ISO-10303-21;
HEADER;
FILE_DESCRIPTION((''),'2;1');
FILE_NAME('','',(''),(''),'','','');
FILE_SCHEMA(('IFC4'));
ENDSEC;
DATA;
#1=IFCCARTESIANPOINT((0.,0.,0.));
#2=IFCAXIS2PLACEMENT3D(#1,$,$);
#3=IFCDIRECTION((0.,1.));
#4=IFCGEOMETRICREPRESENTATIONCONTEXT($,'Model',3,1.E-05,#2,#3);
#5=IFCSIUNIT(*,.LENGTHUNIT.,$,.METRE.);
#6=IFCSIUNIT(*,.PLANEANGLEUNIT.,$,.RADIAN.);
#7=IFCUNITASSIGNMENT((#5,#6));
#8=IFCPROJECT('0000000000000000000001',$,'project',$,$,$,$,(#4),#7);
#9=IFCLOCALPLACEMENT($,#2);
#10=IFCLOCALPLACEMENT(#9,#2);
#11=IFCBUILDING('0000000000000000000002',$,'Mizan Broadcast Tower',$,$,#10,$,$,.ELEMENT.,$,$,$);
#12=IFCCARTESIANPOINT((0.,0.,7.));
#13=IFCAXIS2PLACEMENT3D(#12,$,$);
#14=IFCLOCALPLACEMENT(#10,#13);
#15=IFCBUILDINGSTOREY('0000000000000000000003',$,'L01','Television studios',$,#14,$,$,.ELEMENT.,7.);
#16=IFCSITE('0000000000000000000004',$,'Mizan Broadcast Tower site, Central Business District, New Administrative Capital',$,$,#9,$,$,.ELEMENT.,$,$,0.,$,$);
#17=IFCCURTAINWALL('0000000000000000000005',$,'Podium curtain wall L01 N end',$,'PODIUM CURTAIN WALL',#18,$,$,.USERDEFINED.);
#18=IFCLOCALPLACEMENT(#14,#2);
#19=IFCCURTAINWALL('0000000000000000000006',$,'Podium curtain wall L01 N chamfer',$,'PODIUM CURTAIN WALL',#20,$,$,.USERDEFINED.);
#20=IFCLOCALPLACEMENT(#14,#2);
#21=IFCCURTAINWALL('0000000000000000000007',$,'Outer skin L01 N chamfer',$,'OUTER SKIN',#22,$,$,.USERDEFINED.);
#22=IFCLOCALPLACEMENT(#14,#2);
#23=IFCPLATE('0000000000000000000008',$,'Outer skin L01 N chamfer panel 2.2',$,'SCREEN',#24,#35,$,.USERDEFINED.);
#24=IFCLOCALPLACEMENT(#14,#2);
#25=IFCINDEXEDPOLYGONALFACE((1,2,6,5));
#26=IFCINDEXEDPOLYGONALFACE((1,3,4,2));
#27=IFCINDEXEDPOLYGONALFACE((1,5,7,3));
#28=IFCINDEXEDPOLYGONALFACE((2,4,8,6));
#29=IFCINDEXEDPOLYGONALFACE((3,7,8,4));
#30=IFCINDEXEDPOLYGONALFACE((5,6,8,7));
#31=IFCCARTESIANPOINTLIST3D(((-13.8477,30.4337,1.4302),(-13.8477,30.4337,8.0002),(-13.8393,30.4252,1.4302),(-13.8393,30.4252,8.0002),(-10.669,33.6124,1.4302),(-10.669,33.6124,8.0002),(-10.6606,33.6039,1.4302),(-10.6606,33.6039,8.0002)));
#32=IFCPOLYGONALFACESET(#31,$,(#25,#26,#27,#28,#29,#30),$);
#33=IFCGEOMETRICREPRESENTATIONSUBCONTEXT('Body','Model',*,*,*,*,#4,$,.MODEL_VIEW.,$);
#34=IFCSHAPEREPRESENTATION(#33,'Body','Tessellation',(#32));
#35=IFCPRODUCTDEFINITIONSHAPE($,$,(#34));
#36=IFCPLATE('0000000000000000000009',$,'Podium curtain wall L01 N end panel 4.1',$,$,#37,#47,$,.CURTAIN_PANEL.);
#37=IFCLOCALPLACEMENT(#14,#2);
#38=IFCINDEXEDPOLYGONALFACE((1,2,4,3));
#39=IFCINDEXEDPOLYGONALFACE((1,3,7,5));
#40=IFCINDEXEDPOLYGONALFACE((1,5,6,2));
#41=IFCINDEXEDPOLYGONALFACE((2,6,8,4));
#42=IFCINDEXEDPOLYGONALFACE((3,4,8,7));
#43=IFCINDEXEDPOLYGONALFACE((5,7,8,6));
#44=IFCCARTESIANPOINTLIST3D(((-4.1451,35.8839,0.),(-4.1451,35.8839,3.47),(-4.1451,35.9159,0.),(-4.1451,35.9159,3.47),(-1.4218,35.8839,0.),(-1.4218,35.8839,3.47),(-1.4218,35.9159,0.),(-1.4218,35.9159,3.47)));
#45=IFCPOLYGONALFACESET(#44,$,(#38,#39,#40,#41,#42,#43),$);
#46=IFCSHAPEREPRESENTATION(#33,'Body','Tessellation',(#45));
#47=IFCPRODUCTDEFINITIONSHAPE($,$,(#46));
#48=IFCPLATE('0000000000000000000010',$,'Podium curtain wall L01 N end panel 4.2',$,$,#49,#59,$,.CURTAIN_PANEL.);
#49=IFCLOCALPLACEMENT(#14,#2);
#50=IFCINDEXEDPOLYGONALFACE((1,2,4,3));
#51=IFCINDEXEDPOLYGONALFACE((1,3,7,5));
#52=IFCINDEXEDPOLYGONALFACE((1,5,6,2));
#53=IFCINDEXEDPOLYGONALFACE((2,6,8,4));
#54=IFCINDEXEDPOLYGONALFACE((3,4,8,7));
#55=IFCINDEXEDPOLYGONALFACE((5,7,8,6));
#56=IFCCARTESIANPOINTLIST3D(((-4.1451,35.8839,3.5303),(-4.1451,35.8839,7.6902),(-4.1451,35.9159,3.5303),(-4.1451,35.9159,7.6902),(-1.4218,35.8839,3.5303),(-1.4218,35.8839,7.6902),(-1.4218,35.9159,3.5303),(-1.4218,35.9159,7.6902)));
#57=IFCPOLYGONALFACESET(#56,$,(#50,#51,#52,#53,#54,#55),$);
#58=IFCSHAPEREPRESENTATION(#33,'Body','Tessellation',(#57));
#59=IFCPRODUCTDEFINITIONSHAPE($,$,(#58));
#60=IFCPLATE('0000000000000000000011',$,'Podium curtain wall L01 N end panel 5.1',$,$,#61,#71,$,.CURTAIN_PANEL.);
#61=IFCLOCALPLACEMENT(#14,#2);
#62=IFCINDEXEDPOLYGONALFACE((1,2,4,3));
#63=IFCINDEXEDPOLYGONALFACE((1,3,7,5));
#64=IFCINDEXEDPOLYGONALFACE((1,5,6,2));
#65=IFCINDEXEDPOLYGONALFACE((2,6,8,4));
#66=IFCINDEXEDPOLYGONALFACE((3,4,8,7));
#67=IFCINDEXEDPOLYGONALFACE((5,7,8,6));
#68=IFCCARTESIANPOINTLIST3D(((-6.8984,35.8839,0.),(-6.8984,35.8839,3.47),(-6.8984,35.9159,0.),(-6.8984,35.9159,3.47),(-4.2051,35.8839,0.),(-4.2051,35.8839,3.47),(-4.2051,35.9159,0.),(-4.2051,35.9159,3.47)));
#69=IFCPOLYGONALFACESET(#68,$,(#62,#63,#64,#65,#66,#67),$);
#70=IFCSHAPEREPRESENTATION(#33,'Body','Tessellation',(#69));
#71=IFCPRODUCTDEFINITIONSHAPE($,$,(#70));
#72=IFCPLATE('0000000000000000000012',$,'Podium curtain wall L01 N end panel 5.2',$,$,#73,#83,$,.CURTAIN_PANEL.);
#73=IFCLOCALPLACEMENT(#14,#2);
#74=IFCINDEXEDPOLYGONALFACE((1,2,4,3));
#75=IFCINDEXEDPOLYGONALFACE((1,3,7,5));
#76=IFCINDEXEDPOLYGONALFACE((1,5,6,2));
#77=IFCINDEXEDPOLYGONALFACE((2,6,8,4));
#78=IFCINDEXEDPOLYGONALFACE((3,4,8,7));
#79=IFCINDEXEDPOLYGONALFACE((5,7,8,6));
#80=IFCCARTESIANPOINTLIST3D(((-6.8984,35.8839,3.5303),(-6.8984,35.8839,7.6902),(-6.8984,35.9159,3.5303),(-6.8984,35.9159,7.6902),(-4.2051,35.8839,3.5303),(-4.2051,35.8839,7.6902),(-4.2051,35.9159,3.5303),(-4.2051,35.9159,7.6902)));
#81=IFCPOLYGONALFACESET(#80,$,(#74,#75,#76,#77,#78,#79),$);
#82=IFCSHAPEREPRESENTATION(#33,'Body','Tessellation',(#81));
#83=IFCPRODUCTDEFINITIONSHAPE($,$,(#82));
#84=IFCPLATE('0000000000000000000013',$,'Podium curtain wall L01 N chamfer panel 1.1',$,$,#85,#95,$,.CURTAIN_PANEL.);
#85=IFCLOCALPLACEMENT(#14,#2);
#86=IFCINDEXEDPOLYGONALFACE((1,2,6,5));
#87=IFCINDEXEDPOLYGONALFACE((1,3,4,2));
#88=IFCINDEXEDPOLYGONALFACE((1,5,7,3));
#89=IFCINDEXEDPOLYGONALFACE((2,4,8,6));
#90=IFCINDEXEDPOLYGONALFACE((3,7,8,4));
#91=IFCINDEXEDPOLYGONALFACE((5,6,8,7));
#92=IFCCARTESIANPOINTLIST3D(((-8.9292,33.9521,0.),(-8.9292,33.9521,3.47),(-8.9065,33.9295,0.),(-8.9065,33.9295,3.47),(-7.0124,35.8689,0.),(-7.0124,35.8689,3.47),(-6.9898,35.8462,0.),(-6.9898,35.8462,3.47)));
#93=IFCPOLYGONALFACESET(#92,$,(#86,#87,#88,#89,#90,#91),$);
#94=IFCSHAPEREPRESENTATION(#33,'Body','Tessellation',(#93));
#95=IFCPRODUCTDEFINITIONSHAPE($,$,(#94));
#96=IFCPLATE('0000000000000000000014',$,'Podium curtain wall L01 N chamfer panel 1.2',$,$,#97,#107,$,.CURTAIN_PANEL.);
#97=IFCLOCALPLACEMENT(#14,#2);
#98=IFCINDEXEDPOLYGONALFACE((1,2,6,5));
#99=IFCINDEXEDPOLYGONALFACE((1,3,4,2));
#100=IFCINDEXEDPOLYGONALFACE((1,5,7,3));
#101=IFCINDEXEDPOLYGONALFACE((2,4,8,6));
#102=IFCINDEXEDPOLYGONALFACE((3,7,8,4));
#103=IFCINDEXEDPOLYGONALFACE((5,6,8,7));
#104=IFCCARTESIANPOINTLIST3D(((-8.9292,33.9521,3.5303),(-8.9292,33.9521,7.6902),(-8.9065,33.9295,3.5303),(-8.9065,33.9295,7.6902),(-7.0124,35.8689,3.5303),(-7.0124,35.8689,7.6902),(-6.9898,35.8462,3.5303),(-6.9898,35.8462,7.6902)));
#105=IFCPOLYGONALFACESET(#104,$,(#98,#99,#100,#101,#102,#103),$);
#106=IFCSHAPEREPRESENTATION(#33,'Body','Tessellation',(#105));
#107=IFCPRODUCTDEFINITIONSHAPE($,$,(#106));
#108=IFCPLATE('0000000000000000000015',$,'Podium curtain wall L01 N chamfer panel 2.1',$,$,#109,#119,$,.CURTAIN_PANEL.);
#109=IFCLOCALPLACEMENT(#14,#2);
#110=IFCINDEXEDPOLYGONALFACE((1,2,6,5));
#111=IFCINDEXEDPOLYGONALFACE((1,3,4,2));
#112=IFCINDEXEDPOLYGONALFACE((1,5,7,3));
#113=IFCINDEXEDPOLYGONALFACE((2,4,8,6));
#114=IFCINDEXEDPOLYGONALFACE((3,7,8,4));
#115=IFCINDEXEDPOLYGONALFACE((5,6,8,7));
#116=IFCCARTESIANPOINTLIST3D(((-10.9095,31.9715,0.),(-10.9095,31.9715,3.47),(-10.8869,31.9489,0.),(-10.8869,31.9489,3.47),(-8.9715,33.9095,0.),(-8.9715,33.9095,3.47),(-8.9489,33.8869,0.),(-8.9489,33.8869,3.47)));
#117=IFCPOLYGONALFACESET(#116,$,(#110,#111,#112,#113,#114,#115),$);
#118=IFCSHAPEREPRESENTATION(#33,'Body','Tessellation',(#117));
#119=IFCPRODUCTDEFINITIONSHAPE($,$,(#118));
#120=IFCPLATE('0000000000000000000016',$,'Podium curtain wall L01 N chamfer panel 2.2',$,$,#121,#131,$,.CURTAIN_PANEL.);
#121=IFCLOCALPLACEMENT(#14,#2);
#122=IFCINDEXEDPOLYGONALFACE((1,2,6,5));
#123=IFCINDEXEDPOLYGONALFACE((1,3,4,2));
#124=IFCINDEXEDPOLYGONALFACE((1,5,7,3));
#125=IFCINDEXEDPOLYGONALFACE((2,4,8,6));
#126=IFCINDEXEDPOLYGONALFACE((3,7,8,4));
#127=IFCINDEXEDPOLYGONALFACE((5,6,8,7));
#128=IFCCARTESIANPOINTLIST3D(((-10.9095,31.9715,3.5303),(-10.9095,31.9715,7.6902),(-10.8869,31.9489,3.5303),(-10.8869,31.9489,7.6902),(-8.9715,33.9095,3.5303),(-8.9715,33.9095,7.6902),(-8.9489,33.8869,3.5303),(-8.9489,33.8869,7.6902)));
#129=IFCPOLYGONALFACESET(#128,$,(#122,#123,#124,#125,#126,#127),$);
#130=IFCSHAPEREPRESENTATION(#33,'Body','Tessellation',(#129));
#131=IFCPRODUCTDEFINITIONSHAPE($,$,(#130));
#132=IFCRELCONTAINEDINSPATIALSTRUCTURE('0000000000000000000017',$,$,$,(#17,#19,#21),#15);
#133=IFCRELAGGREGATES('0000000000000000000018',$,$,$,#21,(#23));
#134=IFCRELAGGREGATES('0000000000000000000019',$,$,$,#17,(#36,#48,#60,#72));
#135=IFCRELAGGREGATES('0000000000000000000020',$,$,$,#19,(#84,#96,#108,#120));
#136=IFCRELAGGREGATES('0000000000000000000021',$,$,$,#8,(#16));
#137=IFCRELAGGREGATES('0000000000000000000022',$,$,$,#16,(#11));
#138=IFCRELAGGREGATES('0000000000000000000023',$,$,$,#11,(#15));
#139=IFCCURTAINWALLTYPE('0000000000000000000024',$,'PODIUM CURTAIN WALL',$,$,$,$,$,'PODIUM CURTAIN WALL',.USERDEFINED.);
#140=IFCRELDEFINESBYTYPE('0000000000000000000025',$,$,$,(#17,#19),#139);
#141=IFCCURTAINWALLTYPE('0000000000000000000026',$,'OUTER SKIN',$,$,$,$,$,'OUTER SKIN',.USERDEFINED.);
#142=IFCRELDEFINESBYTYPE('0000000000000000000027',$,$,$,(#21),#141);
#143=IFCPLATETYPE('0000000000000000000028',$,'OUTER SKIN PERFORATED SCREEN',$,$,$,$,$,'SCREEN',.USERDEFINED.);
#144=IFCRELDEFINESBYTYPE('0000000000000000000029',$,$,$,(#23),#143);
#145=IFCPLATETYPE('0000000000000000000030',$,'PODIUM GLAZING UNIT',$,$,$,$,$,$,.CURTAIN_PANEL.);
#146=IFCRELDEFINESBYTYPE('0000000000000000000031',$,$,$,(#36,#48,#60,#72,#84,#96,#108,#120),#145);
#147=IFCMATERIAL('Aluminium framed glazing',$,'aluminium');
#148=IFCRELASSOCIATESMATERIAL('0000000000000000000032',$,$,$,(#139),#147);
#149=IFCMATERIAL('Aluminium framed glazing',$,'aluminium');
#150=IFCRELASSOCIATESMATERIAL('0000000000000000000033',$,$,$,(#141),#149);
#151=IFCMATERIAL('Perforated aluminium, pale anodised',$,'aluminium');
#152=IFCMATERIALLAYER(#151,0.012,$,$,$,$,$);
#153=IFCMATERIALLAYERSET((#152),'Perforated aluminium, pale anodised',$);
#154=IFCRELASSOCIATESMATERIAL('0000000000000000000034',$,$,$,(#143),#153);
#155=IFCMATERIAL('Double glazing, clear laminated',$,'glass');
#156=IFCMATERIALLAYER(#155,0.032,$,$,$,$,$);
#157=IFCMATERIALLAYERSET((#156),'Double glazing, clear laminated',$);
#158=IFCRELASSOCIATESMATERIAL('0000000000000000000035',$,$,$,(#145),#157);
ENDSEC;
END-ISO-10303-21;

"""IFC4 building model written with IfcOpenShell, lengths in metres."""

from ifc_helpers import new_model, si_unit, direction, frame, origin, origin_2d, place, context, subcontext, project, spatial, rectangle, extrude, material, layer, layer_set, type_object, element, aggregate, save


model = new_model("IFC4")

# Units and contexts
model_context = context("Model", 3, precision=1e-05, world=origin(), true_north=direction((0.0, 1.0)))
body_context = subcontext(model_context, "Body", "Model", "MODEL_VIEW")
ifc_project = project(units=[si_unit("LENGTHUNIT", "METRE"), si_unit("PLANEANGLEUNIT", "RADIAN")], contexts=[model_context])

# Site, building, storey
site_placement = place(None, origin())
site = spatial("IfcSite", under=ifc_project, at=site_placement, Name="Mizan Broadcast Tower site, Central Business District, New Administrative Capital", CompositionType="ELEMENT", RefElevation=0.0)
building_placement = place(site_placement, origin())
building = spatial("IfcBuilding", under=site, at=building_placement, Name="Mizan Broadcast Tower", CompositionType="ELEMENT")
storey_placement = place(building_placement, frame((0.0, 0.0, 7.0)))
storey = spatial("IfcBuildingStorey", under=building, at=storey_placement, Name="L01", Description="Television studios", CompositionType="ELEMENT", Elevation=7.0)

# Curtain walls
ifc_material_1 = material(Name="Aluminium framed glazing", Category="aluminium")
curtain_wall_type_1 = type_object("IfcCurtainWallType", Name="PODIUM CURTAIN WALL", ElementType="PODIUM CURTAIN WALL", PredefinedType="USERDEFINED", material=ifc_material_1)
curtain_wall_1_placement = place(storey_placement, origin())
curtain_wall_1 = element("IfcCurtainWall", 1, at=curtain_wall_1_placement, inside=storey, type_object=curtain_wall_type_1, Name="Podium curtain wall L01 N end", ObjectType="PODIUM CURTAIN WALL", PredefinedType="USERDEFINED")
curtain_wall_2_placement = place(storey_placement, origin())
curtain_wall_2 = element("IfcCurtainWall", 2, at=curtain_wall_2_placement, inside=storey, type_object=curtain_wall_type_1, Name="Podium curtain wall L01 N chamfer", ObjectType="PODIUM CURTAIN WALL", PredefinedType="USERDEFINED")

# Curtain wall
ifc_material_2 = material(Name="Aluminium framed glazing", Category="aluminium")
curtain_wall_type_2 = type_object("IfcCurtainWallType", Name="OUTER SKIN", ElementType="OUTER SKIN", PredefinedType="USERDEFINED", material=ifc_material_2)
curtain_wall_3_placement = place(storey_placement, origin())
curtain_wall_3 = element("IfcCurtainWall", 3, at=curtain_wall_3_placement, inside=storey, type_object=curtain_wall_type_2, Name="Outer skin L01 N chamfer", ObjectType="OUTER SKIN", PredefinedType="USERDEFINED")

# Plates
ifc_material_3 = material(Name="Perforated aluminium, pale anodised", Category="aluminium")
ifc_layer_1 = layer(ifc_material_3, 0.012)
ifc_layer_set_1 = layer_set([ifc_layer_1], Name="Perforated aluminium, pale anodised")
plate_type_1 = type_object("IfcPlateType", Name="OUTER SKIN PERFORATED SCREEN", ElementType="SCREEN", PredefinedType="USERDEFINED", material=ifc_layer_set_1)
plate_1_placement = place(storey_placement, frame((-12.2542, 32.0188, 1.4302), z_axis=(0.0, 0.0, 1.0), x_axis=(-0.707107, -0.707107, 0.0)))
plate_1 = element("IfcPlate", 4, at=plate_1_placement, type_object=plate_type_1, Name="Outer skin L01 N chamfer panel 2.2", ObjectType="SCREEN", PredefinedType="USERDEFINED", context=body_context, shape_type="SweptSolid", body=[
    extrude(rectangle(XDim=4.4954, YDim=0.012, at=origin_2d()), origin(), (0.0, 0.0, 1.0), 6.5701),
])
aggregate(curtain_wall_3, [plate_1])
ifc_material_4 = material(Name="Double glazing, clear laminated", Category="glass")
ifc_layer_2 = layer(ifc_material_4, 0.032)
ifc_layer_set_2 = layer_set([ifc_layer_2], Name="Double glazing, clear laminated")
plate_type_2 = type_object("IfcPlateType", Name="PODIUM GLAZING UNIT", PredefinedType="CURTAIN_PANEL", material=ifc_layer_set_2)
plate_2_placement = place(storey_placement, frame((-2.7834, 35.8999, 0.0), z_axis=(0.0, 0.0, 1.0), x_axis=(-1.0, 0.0, 0.0)))
plate_2 = element("IfcPlate", 5, at=plate_2_placement, type_object=plate_type_2, Name="Podium curtain wall L01 N end panel 4.1", PredefinedType="CURTAIN_PANEL", context=body_context, shape_type="SweptSolid", body=[
    extrude(rectangle(XDim=2.7234, YDim=0.032, at=origin_2d()), origin(), (0.0, 0.0, 1.0), 3.47),
])
plate_3_placement = place(storey_placement, frame((-2.7834, 35.8999, 3.5303), z_axis=(0.0, 0.0, 1.0), x_axis=(-1.0, 0.0, 0.0)))
plate_3 = element("IfcPlate", 6, at=plate_3_placement, type_object=plate_type_2, Name="Podium curtain wall L01 N end panel 4.2", PredefinedType="CURTAIN_PANEL", context=body_context, shape_type="SweptSolid", body=[
    extrude(rectangle(XDim=2.7234, YDim=0.032, at=origin_2d()), origin(), (0.0, 0.0, 1.0), 4.1599),
])
plate_4_placement = place(storey_placement, frame((-5.5518, 35.8999, 0.0), z_axis=(0.0, 0.0, 1.0), x_axis=(-1.0, 0.0, 0.0)))
plate_4 = element("IfcPlate", 7, at=plate_4_placement, type_object=plate_type_2, Name="Podium curtain wall L01 N end panel 5.1", PredefinedType="CURTAIN_PANEL", context=body_context, shape_type="SweptSolid", body=[
    extrude(rectangle(XDim=2.6934, YDim=0.032, at=origin_2d()), origin(), (0.0, 0.0, 1.0), 3.47),
])
plate_5_placement = place(storey_placement, frame((-5.5518, 35.8999, 3.5303), z_axis=(0.0, 0.0, 1.0), x_axis=(-1.0, 0.0, 0.0)))
plate_5 = element("IfcPlate", 8, at=plate_5_placement, type_object=plate_type_2, Name="Podium curtain wall L01 N end panel 5.2", PredefinedType="CURTAIN_PANEL", context=body_context, shape_type="SweptSolid", body=[
    extrude(rectangle(XDim=2.6934, YDim=0.032, at=origin_2d()), origin(), (0.0, 0.0, 1.0), 4.1599),
])
aggregate(curtain_wall_1, [plate_2, plate_3, plate_4, plate_5])
plate_6_placement = place(storey_placement, frame((-7.9595, 34.8992, 0.0), z_axis=(0.0, 0.0, 1.0), x_axis=(-0.707107, -0.707107, 0.0)))
plate_6 = element("IfcPlate", 9, at=plate_6_placement, type_object=plate_type_2, Name="Podium curtain wall L01 N chamfer panel 1.1", PredefinedType="CURTAIN_PANEL", context=body_context, shape_type="SweptSolid", body=[
    extrude(rectangle(XDim=2.7107, YDim=0.032, at=origin_2d()), origin(), (0.0, 0.0, 1.0), 3.47),
])
plate_7_placement = place(storey_placement, frame((-7.9595, 34.8992, 3.5303), z_axis=(0.0, 0.0, 1.0), x_axis=(-0.707107, -0.707107, 0.0)))
plate_7 = element("IfcPlate", 10, at=plate_7_placement, type_object=plate_type_2, Name="Podium curtain wall L01 N chamfer panel 1.2", PredefinedType="CURTAIN_PANEL", context=body_context, shape_type="SweptSolid", body=[
    extrude(rectangle(XDim=2.7107, YDim=0.032, at=origin_2d()), origin(), (0.0, 0.0, 1.0), 4.1599),
])
plate_8_placement = place(storey_placement, frame((-9.9292, 32.9292, 0.0), z_axis=(0.0, 0.0, 1.0), x_axis=(-0.707107, -0.707107, 0.0)))
plate_8 = element("IfcPlate", 11, at=plate_8_placement, type_object=plate_type_2, Name="Podium curtain wall L01 N chamfer panel 2.1", PredefinedType="CURTAIN_PANEL", context=body_context, shape_type="SweptSolid", body=[
    extrude(rectangle(XDim=2.7407, YDim=0.032, at=origin_2d()), origin(), (0.0, 0.0, 1.0), 3.47),
])
plate_9_placement = place(storey_placement, frame((-9.9292, 32.9292, 3.5303), z_axis=(0.0, 0.0, 1.0), x_axis=(-0.707107, -0.707107, 0.0)))
plate_9 = element("IfcPlate", 12, at=plate_9_placement, type_object=plate_type_2, Name="Podium curtain wall L01 N chamfer panel 2.2", PredefinedType="CURTAIN_PANEL", context=body_context, shape_type="SweptSolid", body=[
    extrude(rectangle(XDim=2.7407, YDim=0.032, at=origin_2d()), origin(), (0.0, 0.0, 1.0), 4.1599),
])
aggregate(curtain_wall_2, [plate_6, plate_7, plate_8, plate_9])

save(model, "model.ifc")
